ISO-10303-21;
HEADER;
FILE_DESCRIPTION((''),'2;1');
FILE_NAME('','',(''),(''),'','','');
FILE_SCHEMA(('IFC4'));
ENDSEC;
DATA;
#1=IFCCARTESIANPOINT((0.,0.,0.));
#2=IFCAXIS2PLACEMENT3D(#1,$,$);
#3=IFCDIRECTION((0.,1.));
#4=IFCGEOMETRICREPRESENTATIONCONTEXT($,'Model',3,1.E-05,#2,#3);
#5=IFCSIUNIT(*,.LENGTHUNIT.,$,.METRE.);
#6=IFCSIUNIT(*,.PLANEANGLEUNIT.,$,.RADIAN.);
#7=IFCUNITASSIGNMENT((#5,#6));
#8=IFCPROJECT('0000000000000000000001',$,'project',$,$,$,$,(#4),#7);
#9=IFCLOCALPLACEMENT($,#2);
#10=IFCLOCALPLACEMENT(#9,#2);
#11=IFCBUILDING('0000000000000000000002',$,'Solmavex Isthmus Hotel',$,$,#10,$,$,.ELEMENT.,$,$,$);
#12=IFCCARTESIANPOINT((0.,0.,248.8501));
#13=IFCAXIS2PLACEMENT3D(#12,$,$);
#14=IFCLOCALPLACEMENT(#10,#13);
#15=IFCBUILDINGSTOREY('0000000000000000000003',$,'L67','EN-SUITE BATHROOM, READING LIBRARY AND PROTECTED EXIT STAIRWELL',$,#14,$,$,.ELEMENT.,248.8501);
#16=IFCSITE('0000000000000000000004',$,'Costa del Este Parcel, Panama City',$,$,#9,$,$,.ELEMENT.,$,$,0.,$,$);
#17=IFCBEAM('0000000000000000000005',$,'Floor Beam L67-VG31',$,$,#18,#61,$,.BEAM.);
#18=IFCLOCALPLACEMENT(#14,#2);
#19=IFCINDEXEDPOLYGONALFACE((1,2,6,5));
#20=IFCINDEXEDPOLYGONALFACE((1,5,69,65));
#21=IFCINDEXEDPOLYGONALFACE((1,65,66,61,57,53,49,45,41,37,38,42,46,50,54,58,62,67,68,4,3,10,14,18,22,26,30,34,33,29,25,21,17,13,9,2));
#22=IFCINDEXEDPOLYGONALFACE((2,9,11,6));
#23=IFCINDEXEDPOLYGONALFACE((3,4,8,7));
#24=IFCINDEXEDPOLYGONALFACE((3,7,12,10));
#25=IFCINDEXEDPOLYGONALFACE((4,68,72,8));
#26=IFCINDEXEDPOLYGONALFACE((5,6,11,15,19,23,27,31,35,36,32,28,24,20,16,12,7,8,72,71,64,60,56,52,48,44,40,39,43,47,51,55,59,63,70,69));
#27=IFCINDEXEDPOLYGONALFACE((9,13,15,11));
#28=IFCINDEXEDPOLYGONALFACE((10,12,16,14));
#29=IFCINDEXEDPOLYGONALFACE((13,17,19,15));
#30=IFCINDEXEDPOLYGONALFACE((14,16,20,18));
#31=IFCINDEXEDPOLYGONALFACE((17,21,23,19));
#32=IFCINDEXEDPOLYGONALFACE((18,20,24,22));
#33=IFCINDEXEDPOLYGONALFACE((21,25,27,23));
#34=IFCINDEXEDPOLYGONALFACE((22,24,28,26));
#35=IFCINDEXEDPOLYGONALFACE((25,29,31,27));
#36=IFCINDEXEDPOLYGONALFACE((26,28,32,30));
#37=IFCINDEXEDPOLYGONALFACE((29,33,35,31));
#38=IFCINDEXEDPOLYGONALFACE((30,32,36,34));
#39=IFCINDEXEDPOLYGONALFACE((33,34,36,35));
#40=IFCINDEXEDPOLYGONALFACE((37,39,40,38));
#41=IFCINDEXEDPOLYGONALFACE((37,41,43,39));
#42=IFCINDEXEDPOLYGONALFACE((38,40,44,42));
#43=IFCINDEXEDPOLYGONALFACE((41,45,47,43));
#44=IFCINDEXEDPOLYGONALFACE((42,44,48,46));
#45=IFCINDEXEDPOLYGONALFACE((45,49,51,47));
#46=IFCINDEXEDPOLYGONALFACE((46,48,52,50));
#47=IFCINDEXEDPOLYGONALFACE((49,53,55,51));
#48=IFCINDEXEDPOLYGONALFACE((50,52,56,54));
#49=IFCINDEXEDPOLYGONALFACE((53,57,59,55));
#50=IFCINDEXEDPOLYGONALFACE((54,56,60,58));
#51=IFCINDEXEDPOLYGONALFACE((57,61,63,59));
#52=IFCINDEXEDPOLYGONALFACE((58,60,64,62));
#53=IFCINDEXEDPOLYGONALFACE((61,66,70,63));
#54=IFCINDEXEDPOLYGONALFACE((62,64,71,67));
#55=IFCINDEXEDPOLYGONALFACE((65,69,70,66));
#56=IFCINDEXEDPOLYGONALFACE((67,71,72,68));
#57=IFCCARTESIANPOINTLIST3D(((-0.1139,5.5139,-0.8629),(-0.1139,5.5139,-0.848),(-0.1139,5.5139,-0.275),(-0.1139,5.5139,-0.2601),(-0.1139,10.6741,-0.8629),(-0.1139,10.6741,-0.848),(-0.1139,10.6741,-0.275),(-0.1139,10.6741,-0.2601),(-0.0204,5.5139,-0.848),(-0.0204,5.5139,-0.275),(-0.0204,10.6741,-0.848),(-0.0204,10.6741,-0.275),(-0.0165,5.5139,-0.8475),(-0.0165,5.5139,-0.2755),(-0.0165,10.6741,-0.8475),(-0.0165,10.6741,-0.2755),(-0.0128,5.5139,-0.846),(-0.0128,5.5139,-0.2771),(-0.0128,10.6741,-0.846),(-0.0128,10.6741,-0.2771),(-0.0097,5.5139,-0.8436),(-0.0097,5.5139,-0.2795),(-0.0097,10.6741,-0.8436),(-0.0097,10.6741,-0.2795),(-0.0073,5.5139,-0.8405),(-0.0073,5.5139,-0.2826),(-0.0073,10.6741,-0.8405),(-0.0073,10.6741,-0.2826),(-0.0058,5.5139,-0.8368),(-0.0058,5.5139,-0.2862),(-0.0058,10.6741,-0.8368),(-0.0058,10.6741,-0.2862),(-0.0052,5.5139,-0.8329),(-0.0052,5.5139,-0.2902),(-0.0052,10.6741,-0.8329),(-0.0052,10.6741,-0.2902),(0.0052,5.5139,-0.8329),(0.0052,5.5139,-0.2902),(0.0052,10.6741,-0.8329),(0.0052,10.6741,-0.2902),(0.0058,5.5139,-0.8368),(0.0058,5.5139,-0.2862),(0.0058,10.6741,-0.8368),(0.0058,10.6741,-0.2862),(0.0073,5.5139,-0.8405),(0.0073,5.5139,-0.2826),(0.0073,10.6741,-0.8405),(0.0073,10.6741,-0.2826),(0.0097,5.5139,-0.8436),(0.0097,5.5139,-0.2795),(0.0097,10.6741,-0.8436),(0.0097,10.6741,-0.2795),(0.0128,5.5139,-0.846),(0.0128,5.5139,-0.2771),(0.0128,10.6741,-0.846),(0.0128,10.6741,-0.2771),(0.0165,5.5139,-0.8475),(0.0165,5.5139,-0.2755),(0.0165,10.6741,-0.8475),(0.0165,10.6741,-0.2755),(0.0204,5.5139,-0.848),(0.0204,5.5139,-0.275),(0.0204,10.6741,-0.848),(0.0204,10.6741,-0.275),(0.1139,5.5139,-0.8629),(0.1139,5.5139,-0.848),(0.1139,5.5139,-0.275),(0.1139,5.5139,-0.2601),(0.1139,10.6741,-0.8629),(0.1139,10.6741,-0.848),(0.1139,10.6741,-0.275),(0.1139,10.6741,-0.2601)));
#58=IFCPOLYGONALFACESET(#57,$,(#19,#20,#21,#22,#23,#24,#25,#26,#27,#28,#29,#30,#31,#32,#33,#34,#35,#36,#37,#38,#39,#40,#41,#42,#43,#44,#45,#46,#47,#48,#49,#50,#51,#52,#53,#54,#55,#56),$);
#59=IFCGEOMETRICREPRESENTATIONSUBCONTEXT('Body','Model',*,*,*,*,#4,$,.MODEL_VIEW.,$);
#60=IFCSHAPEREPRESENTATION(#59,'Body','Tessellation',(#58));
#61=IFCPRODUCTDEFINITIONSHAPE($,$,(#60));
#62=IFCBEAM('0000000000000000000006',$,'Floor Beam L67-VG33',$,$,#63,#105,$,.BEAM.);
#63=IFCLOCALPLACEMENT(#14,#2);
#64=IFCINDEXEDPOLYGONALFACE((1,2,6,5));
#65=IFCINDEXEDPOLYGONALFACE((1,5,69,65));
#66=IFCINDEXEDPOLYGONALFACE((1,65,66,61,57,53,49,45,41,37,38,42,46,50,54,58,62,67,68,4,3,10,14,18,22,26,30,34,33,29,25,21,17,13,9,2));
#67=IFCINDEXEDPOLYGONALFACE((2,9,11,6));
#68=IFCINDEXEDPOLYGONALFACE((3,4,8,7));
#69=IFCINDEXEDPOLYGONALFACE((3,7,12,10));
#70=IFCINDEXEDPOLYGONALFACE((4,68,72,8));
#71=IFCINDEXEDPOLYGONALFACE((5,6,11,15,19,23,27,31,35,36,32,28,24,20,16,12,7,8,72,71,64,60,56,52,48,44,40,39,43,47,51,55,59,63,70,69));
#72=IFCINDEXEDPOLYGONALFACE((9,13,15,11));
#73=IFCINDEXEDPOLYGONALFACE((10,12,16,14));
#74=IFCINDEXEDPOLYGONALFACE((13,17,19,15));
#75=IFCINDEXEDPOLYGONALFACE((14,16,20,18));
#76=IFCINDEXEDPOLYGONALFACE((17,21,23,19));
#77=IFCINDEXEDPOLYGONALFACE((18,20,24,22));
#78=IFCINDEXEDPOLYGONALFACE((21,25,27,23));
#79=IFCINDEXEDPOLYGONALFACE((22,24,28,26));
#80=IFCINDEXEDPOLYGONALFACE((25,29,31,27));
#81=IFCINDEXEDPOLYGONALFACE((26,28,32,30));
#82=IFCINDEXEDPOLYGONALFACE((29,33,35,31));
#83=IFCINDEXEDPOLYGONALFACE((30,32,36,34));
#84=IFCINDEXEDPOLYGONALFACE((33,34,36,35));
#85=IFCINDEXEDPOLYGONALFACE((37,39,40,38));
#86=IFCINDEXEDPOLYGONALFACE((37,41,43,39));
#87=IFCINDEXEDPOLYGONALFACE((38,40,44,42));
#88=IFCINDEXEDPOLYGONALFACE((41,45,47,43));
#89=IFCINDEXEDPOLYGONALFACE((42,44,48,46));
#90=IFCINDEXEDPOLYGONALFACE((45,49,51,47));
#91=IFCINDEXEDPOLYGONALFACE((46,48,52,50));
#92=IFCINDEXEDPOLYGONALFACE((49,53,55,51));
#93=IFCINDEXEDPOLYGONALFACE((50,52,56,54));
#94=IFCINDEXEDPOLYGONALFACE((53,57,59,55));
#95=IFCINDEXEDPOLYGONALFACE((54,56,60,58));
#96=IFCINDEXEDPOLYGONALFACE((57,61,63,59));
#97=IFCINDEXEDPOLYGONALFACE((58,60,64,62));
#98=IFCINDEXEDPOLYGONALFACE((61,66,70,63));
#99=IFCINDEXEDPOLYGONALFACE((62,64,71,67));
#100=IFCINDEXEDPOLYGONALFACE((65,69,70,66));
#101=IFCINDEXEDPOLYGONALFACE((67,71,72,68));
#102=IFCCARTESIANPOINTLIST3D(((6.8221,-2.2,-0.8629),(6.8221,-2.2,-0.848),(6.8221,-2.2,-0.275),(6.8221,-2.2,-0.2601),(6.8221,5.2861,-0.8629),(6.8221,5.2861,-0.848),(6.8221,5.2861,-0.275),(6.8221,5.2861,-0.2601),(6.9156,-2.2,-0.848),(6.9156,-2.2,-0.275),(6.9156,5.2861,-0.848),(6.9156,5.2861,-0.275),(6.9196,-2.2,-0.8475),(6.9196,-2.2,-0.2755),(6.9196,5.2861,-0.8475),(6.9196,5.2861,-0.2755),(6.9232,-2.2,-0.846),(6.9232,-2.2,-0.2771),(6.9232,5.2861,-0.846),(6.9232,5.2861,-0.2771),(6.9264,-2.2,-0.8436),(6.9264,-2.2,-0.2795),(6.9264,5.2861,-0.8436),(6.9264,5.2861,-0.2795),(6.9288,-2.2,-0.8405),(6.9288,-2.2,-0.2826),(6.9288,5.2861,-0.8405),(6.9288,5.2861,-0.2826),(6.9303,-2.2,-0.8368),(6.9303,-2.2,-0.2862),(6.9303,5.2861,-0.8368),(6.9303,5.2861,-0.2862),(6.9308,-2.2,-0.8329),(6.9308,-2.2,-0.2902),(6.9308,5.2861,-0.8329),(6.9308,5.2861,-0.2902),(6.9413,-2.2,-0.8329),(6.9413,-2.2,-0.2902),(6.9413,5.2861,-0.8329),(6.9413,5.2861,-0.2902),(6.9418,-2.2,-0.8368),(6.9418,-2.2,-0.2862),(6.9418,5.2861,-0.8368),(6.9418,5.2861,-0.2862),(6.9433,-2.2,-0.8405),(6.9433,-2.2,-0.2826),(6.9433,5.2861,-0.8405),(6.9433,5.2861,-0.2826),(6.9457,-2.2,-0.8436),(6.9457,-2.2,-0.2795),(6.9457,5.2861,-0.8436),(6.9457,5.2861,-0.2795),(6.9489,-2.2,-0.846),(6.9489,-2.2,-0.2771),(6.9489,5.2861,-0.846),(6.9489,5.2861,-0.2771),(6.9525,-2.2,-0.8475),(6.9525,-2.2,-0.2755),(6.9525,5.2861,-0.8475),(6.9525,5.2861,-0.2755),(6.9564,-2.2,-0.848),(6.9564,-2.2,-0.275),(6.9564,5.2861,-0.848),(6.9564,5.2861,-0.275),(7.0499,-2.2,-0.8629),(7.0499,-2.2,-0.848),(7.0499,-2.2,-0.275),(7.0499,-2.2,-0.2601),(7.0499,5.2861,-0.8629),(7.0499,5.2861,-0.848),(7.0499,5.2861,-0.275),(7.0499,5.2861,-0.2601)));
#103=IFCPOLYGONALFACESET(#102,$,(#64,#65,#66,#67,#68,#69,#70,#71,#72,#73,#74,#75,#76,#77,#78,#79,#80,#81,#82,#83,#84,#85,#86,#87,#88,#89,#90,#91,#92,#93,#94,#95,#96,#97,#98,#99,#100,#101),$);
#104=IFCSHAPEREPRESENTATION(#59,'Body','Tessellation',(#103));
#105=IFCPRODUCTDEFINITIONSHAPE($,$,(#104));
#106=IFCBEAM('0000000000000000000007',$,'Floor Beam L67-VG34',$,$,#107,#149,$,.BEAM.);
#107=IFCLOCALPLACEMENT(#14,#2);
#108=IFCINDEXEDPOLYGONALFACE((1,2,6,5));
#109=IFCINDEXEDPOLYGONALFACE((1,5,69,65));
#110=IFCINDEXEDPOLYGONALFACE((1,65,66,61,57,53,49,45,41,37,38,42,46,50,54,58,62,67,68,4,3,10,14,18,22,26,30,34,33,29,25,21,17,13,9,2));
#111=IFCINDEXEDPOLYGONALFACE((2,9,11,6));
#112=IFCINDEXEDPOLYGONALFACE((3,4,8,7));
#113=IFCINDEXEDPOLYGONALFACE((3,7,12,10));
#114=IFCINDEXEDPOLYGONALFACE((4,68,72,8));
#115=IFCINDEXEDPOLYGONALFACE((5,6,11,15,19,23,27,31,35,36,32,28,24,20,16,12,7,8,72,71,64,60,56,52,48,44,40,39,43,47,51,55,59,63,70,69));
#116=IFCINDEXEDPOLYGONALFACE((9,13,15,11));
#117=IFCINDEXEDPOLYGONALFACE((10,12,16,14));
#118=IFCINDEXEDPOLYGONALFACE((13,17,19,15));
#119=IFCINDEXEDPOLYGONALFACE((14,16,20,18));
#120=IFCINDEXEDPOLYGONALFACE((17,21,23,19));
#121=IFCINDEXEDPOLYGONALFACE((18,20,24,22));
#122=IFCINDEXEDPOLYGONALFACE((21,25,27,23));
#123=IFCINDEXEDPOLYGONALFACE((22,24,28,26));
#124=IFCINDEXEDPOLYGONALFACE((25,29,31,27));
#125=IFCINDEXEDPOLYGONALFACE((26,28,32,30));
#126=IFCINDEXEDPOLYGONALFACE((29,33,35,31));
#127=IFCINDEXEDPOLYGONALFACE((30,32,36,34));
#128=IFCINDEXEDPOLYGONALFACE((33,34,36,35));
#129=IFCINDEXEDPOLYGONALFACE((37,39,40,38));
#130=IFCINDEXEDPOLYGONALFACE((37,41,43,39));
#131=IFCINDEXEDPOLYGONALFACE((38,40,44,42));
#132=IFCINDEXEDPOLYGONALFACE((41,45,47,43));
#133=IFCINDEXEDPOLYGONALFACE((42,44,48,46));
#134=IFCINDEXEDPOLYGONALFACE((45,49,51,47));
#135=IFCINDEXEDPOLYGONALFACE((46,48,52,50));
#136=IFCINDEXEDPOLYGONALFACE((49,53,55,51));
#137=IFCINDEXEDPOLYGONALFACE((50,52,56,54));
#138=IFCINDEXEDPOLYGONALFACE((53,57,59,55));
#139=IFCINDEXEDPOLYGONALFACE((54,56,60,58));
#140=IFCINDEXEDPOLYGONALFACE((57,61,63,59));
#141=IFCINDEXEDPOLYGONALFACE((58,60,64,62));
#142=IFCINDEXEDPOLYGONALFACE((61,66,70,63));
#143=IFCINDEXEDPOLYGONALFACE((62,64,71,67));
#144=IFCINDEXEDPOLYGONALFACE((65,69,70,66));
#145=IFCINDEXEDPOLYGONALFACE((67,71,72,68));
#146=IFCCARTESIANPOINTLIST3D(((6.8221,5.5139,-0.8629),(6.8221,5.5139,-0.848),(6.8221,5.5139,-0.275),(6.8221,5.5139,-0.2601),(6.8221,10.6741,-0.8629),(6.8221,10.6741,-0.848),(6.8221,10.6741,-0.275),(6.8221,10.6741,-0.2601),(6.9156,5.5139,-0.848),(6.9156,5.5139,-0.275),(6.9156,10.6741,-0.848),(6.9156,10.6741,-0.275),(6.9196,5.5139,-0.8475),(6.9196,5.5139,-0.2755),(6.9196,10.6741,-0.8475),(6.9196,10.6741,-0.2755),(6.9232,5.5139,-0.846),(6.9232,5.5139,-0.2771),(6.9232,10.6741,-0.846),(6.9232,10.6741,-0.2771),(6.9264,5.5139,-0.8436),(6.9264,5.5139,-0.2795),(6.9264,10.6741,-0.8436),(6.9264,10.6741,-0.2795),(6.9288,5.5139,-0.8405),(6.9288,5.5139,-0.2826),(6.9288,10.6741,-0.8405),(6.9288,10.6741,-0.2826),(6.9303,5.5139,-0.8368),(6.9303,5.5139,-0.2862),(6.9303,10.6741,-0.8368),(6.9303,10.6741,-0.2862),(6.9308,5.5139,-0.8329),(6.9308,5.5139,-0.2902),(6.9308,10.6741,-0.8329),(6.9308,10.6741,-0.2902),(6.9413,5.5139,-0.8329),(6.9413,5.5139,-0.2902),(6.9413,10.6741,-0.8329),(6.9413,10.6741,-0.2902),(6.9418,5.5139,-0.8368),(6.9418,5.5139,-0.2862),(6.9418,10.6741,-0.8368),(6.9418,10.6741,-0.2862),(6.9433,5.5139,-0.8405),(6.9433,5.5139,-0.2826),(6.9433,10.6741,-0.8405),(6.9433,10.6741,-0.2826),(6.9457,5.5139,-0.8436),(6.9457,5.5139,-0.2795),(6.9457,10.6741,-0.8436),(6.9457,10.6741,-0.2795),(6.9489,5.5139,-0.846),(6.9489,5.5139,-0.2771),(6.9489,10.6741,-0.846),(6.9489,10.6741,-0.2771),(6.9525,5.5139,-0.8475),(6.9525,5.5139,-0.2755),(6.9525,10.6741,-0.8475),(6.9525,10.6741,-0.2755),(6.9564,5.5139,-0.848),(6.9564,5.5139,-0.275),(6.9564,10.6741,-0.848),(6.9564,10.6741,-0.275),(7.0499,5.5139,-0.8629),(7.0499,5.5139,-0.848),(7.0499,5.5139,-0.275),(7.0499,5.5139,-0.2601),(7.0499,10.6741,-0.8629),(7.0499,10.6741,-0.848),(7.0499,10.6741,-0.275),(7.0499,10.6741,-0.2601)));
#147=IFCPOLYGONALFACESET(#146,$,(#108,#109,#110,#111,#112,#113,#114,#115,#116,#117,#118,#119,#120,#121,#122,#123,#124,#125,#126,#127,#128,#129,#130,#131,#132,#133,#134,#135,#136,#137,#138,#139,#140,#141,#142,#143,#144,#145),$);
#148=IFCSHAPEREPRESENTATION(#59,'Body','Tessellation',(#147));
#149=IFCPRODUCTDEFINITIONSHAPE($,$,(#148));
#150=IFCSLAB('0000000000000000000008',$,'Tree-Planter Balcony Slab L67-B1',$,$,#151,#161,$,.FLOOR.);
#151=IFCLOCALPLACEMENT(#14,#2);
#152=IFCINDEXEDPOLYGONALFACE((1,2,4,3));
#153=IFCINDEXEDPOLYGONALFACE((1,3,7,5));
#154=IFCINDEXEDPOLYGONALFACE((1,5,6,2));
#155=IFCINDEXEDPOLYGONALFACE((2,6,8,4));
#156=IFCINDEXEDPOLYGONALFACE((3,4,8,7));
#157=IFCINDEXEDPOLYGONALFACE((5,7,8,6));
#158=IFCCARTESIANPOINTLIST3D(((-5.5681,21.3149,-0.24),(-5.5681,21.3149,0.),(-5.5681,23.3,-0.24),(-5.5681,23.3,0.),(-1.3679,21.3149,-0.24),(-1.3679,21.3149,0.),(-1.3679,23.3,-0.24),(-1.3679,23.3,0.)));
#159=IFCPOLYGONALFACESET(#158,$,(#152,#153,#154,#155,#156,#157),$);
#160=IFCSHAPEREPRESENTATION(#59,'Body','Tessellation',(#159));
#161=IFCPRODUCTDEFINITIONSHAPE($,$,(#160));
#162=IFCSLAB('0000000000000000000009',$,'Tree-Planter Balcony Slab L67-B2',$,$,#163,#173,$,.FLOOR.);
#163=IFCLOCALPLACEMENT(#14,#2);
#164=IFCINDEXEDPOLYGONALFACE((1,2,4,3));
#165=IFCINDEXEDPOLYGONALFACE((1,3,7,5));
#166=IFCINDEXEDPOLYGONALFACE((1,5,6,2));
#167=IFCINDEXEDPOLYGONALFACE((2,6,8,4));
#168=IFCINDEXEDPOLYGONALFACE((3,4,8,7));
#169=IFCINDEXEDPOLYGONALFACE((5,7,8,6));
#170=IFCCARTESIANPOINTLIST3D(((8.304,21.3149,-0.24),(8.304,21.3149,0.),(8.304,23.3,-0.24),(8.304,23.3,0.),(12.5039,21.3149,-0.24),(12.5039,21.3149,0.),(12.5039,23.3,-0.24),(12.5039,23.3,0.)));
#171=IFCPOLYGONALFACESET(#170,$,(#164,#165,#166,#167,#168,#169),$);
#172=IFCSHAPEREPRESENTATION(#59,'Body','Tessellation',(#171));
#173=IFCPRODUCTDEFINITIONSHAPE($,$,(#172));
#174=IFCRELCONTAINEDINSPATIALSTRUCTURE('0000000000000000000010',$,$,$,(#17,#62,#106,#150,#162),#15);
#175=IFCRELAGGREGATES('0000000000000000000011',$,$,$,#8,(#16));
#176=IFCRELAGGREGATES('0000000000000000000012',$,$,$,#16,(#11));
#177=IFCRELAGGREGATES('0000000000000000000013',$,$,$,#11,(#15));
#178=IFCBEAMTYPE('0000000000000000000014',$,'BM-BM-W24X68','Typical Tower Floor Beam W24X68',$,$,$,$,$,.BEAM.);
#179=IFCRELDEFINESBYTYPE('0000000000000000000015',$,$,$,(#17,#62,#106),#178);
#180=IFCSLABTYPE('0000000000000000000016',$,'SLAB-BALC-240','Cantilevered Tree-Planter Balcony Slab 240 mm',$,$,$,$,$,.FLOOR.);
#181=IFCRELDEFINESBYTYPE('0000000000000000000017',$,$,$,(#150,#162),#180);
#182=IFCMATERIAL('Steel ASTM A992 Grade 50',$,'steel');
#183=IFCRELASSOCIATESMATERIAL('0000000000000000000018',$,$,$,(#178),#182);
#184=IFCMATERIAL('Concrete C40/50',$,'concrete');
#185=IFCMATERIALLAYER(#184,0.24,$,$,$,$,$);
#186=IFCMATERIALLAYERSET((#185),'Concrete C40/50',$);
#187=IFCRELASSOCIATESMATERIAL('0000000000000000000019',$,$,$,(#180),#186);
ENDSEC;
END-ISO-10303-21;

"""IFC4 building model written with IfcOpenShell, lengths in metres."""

from ifc_helpers import new_model, si_unit, direction, frame, origin, origin_2d, place, context, subcontext, project, spatial, polyline, i_section, outline, extrude, material, layer, layer_set, material_profile, profile_set, type_object, element, save


model = new_model("IFC4")

# Units and contexts
model_context = context("Model", 3, precision=1e-05, world=origin(), true_north=direction((0.0, 1.0)))
body_context = subcontext(model_context, "Body", "Model", "MODEL_VIEW")
ifc_project = project(units=[si_unit("LENGTHUNIT", "METRE"), si_unit("PLANEANGLEUNIT", "RADIAN")], contexts=[model_context])

# Site, building, storey
site_placement = place(None, origin())
site = spatial("IfcSite", under=ifc_project, at=site_placement, Name="Costa del Este Parcel, Panama City", CompositionType="ELEMENT", RefElevation=0.0)
building_placement = place(site_placement, origin())
building = spatial("IfcBuilding", under=site, at=building_placement, Name="Solmavex Isthmus Hotel", CompositionType="ELEMENT")
storey_placement = place(building_placement, frame((0.0, 0.0, 248.8501)))
storey = spatial("IfcBuildingStorey", under=building, at=storey_placement, Name="L67", Description="EN-SUITE BATHROOM, READING LIBRARY AND PROTECTED EXIT STAIRWELL", CompositionType="ELEMENT", Elevation=248.8501)

# Beams
ifc_material_1 = material(Name="Steel ASTM A992 Grade 50", Category="steel")
ifc_material_profile_1 = material_profile(ifc_material_1, i_section(OverallWidth=0.2278, OverallDepth=0.6028, WebThickness=0.0105, FlangeThickness=0.0149, FilletRadius=0.0151, at=origin_2d()), Name="W24X68")
ifc_profile_set_1 = profile_set([ifc_material_profile_1], Name="Steel ASTM A992 Grade 50")
beam_type_1 = type_object("IfcBeamType", Name="BM-BM-W24X68", Description="Typical Tower Floor Beam W24X68", PredefinedType="BEAM", material=ifc_profile_set_1)
beam_1_placement = place(storey_placement, frame((0.0, 5.5139, -0.5615), z_axis=(0.0, 1.0, 0.0), x_axis=(-1.0, 0.0, 0.0)))
element("IfcBeam", 1, at=beam_1_placement, inside=storey, type_object=beam_type_1, Name="Floor Beam L67-VG31", PredefinedType="BEAM", context=body_context, shape_type="SweptSolid", body=[
    extrude(i_section(OverallWidth=0.2278, OverallDepth=0.6028, WebThickness=0.0105, FlangeThickness=0.0149, FilletRadius=0.0151, at=origin_2d()), origin(), (0.0, 0.0, 1.0), 5.1602),
])
beam_2_placement = place(storey_placement, frame((6.936, -2.2, -0.5615), z_axis=(0.0, 1.0, 0.0), x_axis=(-1.0, 0.0, 0.0)))
element("IfcBeam", 2, at=beam_2_placement, inside=storey, type_object=beam_type_1, Name="Floor Beam L67-VG33", PredefinedType="BEAM", context=body_context, shape_type="SweptSolid", body=[
    extrude(i_section(OverallWidth=0.2278, OverallDepth=0.6028, WebThickness=0.0105, FlangeThickness=0.0149, FilletRadius=0.0151, at=origin_2d()), origin(), (0.0, 0.0, 1.0), 7.4861),
])
beam_3_placement = place(storey_placement, frame((6.936, 5.5139, -0.5615), z_axis=(0.0, 1.0, 0.0), x_axis=(-1.0, 0.0, 0.0)))
element("IfcBeam", 3, at=beam_3_placement, inside=storey, type_object=beam_type_1, Name="Floor Beam L67-VG34", PredefinedType="BEAM", context=body_context, shape_type="SweptSolid", body=[
    extrude(i_section(OverallWidth=0.2278, OverallDepth=0.6028, WebThickness=0.0105, FlangeThickness=0.0149, FilletRadius=0.0151, at=origin_2d()), origin(), (0.0, 0.0, 1.0), 5.1602),
])

# Slabs
ifc_material_2 = material(Name="Concrete C40/50", Category="concrete")
ifc_layer_1 = layer(ifc_material_2, 0.24)
ifc_layer_set_1 = layer_set([ifc_layer_1], Name="Concrete C40/50")
slab_type_1 = type_object("IfcSlabType", Name="SLAB-BALC-240", Description="Cantilevered Tree-Planter Balcony Slab 240 mm", PredefinedType="FLOOR", material=ifc_layer_set_1)
slab_1_placement = place(storey_placement, frame((0.0, 0.0, -0.24)))
element("IfcSlab", 4, at=slab_1_placement, inside=storey, type_object=slab_type_1, Name="Tree-Planter Balcony Slab L67-B1", PredefinedType="FLOOR", context=body_context, shape_type="SweptSolid", body=[
    extrude(outline(polyline([(-5.5681, 21.3149), (-1.3679, 21.3149), (-1.3679, 23.3), (-5.5681, 23.3), (-5.5681, 21.3149)])), origin(), (0.0, 0.0, 1.0), 0.24),
])
slab_2_placement = place(storey_placement, frame((0.0, 0.0, -0.24)))
element("IfcSlab", 5, at=slab_2_placement, inside=storey, type_object=slab_type_1, Name="Tree-Planter Balcony Slab L67-B2", PredefinedType="FLOOR", context=body_context, shape_type="SweptSolid", body=[
    extrude(outline(polyline([(8.304, 21.3149), (12.5039, 21.3149), (12.5039, 23.3), (8.304, 23.3), (8.304, 21.3149)])), origin(), (0.0, 0.0, 1.0), 0.24),
])

save(model, "model.ifc")
